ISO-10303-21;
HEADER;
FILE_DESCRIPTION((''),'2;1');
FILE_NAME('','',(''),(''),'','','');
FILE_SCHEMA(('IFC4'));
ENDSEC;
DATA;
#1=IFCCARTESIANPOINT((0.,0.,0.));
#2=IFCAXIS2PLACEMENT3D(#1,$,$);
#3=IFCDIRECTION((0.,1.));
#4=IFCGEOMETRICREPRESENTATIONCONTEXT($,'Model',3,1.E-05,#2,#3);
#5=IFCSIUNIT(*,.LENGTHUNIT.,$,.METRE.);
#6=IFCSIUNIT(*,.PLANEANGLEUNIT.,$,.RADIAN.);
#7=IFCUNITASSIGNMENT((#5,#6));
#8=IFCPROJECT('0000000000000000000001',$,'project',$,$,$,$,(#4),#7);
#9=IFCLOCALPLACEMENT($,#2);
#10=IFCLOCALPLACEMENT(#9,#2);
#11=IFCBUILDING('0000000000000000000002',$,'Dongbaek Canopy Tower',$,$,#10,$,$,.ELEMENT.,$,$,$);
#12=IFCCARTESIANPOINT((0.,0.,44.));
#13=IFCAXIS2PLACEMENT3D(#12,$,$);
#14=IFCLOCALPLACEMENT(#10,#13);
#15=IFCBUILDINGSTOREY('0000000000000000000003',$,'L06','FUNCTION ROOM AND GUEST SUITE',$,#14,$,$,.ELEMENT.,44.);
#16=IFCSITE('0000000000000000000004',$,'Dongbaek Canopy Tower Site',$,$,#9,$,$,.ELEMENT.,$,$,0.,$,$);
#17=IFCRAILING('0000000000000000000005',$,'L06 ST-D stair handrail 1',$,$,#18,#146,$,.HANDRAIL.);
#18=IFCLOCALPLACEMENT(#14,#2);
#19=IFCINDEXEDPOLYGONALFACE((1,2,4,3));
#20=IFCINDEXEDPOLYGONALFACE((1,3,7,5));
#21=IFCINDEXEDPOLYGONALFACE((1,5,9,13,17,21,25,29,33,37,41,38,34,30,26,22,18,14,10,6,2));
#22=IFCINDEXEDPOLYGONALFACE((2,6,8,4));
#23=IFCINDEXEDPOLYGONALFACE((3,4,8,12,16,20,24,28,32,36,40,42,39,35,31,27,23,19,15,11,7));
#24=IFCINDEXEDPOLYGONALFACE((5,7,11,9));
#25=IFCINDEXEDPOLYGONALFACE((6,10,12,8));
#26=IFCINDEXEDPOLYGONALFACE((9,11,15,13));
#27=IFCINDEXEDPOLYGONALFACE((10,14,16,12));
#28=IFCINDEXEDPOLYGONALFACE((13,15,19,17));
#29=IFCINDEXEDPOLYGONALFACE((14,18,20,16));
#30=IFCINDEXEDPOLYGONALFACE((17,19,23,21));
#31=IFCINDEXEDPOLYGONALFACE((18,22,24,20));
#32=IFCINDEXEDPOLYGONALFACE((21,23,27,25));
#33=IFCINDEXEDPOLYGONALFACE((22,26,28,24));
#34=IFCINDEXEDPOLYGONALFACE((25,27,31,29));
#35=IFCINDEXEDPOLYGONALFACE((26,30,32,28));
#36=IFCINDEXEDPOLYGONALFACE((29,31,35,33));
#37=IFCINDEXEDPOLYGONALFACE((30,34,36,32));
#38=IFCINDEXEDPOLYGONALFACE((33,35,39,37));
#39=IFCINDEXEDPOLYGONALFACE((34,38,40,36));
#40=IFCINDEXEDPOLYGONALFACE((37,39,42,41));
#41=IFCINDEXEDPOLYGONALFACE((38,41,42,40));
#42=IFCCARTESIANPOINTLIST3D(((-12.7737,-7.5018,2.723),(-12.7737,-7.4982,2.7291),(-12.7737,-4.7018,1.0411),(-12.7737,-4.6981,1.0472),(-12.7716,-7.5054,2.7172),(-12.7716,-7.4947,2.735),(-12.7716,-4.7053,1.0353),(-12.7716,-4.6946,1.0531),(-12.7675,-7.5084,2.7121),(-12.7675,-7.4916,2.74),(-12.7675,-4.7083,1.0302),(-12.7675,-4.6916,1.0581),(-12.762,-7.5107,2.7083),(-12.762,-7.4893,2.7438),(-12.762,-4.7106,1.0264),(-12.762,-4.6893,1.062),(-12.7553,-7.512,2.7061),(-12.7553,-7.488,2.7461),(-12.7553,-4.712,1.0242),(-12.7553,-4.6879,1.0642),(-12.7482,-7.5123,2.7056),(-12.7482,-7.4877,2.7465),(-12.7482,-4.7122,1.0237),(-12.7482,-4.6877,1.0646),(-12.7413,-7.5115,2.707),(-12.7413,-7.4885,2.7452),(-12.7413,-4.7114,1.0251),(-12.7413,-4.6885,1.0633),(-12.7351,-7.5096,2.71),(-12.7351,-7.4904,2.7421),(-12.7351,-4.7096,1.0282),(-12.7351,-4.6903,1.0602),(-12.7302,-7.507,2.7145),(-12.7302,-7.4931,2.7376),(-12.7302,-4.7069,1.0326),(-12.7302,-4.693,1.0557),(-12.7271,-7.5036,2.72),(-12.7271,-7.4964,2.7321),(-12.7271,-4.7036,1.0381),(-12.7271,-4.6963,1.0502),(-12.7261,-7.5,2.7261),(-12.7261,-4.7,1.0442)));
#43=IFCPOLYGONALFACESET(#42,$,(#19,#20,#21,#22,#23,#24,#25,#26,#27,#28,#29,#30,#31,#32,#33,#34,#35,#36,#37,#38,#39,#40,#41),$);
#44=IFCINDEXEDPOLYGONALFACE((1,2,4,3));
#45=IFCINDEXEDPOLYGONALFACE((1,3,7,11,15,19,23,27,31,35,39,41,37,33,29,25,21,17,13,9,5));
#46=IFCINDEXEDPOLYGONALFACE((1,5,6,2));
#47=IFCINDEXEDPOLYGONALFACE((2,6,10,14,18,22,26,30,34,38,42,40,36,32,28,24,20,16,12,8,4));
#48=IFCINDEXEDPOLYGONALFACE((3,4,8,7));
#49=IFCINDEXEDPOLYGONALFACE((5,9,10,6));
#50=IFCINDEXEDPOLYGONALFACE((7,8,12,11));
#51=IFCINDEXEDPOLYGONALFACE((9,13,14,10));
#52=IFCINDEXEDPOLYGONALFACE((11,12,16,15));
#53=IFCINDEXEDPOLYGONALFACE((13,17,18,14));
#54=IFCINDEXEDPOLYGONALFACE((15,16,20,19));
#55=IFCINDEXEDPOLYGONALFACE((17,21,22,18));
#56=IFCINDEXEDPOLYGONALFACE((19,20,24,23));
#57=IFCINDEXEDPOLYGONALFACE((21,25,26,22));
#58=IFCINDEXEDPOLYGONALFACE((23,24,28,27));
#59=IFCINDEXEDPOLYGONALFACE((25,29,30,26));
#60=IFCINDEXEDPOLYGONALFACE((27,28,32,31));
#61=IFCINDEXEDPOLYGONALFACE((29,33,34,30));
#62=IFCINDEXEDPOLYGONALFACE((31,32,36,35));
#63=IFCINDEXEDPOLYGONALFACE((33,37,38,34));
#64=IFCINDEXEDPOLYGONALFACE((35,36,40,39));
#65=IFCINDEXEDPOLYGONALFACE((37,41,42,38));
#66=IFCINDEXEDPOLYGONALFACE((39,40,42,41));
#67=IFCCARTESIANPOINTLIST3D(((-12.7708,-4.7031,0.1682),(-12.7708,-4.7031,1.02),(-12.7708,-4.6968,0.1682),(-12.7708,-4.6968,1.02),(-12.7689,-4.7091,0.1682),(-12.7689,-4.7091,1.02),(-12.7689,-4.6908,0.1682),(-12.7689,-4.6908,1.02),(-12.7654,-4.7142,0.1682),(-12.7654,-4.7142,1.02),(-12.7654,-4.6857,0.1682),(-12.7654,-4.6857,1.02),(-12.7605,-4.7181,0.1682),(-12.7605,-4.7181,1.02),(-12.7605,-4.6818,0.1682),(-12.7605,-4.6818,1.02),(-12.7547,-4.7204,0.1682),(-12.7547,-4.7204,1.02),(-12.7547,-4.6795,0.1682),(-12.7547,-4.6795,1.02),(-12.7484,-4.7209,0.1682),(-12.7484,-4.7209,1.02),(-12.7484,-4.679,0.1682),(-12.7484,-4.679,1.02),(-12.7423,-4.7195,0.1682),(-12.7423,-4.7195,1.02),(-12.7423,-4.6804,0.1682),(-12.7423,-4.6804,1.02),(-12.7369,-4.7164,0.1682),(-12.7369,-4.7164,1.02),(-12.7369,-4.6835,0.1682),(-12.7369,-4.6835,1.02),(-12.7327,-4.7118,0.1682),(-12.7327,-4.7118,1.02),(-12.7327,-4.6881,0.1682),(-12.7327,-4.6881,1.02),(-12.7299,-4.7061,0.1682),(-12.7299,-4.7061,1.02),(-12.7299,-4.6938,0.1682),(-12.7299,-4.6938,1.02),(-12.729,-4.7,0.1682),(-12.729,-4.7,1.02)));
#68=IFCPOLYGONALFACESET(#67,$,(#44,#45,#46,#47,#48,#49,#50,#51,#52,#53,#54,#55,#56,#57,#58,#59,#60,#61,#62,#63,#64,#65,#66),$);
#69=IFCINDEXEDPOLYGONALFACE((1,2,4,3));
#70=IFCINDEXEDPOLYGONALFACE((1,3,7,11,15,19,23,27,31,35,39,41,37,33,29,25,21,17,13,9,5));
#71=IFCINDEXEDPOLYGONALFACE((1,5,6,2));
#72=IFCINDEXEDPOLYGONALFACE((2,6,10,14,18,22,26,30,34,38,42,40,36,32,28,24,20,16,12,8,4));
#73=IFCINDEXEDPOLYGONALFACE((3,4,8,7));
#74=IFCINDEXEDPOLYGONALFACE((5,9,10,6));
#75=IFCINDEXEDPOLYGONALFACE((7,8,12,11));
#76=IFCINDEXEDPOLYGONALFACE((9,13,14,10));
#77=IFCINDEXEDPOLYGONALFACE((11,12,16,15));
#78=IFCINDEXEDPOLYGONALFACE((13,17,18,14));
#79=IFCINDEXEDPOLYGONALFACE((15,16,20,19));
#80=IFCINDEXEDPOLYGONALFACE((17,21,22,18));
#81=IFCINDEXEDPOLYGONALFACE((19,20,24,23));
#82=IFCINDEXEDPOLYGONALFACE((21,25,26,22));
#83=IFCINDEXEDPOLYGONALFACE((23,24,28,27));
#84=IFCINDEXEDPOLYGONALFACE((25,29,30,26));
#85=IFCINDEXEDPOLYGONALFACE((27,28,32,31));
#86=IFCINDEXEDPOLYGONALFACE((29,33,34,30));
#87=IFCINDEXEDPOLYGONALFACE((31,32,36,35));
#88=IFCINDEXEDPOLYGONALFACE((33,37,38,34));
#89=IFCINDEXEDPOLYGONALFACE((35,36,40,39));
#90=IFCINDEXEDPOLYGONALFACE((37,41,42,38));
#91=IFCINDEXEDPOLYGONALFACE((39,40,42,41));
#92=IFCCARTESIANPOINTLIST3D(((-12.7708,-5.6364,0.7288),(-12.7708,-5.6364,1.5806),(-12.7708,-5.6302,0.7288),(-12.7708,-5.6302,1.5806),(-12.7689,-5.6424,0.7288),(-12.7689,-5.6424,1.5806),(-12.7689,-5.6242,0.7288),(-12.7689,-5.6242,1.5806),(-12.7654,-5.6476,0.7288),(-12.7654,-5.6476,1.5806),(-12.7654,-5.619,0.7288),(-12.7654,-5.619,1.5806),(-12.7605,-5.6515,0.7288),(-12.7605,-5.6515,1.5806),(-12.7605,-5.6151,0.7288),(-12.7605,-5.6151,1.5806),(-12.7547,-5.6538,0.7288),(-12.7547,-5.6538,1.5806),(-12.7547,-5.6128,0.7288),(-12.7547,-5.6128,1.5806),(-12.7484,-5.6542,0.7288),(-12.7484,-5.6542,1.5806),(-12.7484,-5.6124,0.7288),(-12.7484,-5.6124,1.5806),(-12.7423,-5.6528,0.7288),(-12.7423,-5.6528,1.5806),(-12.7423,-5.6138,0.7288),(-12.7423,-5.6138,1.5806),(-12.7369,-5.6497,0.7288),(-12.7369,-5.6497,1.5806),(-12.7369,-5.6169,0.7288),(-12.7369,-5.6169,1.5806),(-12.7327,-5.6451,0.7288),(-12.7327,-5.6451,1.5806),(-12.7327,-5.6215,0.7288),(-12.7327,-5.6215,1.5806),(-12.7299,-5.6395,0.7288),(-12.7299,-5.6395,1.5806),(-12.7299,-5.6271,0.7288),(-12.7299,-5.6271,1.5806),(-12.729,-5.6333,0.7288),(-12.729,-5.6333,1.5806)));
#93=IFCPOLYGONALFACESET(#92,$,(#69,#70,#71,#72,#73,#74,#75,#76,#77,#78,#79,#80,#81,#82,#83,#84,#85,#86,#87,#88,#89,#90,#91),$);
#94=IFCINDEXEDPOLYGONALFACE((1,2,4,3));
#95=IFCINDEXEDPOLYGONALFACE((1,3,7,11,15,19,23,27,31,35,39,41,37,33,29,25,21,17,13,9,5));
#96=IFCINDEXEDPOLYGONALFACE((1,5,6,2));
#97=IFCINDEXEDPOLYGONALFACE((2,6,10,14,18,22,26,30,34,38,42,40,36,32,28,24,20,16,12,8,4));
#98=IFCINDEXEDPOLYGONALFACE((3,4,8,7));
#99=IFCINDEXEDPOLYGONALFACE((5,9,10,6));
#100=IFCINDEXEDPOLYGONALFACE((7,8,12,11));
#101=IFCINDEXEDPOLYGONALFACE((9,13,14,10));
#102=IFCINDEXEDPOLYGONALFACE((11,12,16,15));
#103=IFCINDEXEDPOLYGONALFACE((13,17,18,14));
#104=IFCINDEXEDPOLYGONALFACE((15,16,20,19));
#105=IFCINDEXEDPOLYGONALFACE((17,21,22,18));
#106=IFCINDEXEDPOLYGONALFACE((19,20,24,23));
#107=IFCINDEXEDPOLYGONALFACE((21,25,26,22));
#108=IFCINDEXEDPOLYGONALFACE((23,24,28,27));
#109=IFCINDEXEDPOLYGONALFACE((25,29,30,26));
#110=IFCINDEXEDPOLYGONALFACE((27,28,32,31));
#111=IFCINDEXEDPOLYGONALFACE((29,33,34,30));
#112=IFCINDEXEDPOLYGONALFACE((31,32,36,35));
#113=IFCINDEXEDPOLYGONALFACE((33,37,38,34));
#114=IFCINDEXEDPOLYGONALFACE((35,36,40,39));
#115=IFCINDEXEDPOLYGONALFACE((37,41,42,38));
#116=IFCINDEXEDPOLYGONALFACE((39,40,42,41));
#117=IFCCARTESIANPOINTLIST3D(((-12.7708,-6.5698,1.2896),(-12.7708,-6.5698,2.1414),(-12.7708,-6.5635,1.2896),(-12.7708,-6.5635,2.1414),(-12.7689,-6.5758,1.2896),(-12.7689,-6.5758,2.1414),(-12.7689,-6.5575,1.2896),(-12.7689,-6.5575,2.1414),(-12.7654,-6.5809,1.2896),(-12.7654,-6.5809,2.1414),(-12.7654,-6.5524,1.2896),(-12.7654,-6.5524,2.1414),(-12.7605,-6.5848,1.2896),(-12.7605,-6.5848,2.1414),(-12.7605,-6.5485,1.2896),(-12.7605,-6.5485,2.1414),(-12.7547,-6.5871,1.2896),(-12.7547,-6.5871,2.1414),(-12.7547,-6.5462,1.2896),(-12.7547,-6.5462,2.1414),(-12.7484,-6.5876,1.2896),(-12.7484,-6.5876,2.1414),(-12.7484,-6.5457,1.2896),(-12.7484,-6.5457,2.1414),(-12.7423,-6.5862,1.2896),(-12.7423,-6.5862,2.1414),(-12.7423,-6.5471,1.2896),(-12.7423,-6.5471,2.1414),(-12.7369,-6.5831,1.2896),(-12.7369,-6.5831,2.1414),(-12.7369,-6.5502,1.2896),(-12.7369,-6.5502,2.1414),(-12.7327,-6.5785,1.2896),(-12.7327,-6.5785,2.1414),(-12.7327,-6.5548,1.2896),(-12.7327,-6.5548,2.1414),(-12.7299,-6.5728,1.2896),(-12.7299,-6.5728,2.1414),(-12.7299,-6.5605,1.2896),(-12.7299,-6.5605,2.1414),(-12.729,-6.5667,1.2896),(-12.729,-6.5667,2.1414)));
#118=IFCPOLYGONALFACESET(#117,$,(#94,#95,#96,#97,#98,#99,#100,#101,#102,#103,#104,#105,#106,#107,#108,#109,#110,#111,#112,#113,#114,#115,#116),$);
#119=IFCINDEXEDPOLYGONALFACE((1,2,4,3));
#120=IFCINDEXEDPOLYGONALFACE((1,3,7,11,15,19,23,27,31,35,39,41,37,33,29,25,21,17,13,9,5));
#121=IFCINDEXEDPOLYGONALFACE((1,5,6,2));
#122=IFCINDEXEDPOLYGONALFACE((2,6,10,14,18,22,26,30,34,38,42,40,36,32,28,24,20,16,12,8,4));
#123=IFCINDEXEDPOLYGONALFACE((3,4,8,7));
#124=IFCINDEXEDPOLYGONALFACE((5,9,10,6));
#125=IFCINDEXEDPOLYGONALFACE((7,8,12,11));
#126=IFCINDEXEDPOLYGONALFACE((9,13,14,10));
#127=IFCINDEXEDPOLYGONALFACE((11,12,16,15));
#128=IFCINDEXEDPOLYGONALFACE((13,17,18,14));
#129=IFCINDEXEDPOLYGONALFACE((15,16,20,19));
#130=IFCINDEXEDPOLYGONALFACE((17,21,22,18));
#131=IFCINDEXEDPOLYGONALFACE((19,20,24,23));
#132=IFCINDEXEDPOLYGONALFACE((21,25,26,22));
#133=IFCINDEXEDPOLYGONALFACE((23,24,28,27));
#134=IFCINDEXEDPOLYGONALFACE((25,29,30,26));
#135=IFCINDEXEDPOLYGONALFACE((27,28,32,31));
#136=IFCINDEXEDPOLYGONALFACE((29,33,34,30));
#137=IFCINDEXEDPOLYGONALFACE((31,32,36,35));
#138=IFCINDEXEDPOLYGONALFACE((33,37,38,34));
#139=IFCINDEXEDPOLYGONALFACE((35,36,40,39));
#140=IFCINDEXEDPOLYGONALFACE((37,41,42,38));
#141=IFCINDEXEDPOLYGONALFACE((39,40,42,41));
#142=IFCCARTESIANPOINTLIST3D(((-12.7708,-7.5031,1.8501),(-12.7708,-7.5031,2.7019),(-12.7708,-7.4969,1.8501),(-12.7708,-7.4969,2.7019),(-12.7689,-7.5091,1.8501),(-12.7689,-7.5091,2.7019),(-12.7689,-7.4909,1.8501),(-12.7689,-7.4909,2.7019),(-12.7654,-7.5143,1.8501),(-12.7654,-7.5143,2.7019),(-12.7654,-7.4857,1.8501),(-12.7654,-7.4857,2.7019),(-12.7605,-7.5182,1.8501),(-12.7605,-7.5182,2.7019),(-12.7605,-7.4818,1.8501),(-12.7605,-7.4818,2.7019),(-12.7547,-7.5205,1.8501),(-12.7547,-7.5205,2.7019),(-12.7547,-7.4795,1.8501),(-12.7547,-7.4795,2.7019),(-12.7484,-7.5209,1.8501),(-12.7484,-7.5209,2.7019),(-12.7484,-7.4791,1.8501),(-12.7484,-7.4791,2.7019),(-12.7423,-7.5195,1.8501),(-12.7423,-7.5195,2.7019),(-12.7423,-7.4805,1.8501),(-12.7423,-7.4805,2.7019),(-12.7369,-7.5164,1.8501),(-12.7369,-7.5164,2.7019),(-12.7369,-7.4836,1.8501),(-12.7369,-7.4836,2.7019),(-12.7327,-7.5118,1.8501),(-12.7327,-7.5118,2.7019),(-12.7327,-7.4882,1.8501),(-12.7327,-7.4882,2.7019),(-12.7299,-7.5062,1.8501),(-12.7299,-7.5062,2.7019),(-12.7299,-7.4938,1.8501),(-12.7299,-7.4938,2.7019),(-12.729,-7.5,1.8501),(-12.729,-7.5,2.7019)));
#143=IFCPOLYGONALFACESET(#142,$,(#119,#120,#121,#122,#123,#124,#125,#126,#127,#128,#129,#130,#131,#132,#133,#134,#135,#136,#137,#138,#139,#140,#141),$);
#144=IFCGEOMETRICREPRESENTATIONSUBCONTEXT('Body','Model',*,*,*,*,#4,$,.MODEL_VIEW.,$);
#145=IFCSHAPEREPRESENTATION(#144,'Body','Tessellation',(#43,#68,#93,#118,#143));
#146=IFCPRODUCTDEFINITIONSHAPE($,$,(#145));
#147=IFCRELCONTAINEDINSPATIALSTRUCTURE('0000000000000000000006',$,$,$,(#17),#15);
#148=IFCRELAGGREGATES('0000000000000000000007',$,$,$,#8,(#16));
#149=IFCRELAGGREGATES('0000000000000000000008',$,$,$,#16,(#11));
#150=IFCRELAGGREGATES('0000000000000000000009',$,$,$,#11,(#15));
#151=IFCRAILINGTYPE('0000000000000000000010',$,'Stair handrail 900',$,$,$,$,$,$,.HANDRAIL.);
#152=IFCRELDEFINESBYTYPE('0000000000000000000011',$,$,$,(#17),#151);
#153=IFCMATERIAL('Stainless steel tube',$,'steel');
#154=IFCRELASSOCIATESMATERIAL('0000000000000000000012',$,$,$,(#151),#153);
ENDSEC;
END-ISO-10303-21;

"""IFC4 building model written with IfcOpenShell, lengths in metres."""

from ifc_helpers import new_model, si_unit, direction, frame, origin, origin_2d, place, context, subcontext, project, spatial, circle, extrude, material, type_object, element, save


model = new_model("IFC4")

# Units and contexts
model_context = context("Model", 3, precision=1e-05, world=origin(), true_north=direction((0.0, 1.0)))
body_context = subcontext(model_context, "Body", "Model", "MODEL_VIEW")
ifc_project = project(units=[si_unit("LENGTHUNIT", "METRE"), si_unit("PLANEANGLEUNIT", "RADIAN")], contexts=[model_context])

# Site, building, storey
site_placement = place(None, origin())
site = spatial("IfcSite", under=ifc_project, at=site_placement, Name="Dongbaek Canopy Tower Site", CompositionType="ELEMENT", RefElevation=0.0)
building_placement = place(site_placement, origin())
building = spatial("IfcBuilding", under=site, at=building_placement, Name="Dongbaek Canopy Tower", CompositionType="ELEMENT")
storey_placement = place(building_placement, frame((0.0, 0.0, 44.0)))
storey = spatial("IfcBuildingStorey", under=building, at=storey_placement, Name="L06", Description="FUNCTION ROOM AND GUEST SUITE", CompositionType="ELEMENT", Elevation=44.0)

# Railing
ifc_material_1 = material(Name="Stainless steel tube", Category="steel")
railing_type_1 = type_object("IfcRailingType", Name="Stair handrail 900", PredefinedType="HANDRAIL", material=ifc_material_1)
railing_1_placement = place(storey_placement, frame((-12.75, -4.7, 0.1682)))
element("IfcRailing", 1, at=railing_1_placement, inside=storey, type_object=railing_type_1, Name="L06 ST-D stair handrail 1", PredefinedType="HANDRAIL", context=body_context, shape_type="SweptSolid", body=[
    extrude(circle(Radius=0.0239, at=origin_2d()), frame((0.0, 0.0, 0.876), z_axis=(0.0, -0.857242, 0.514913), x_axis=(1.0, 0.0, 0.0)), (0.0, 0.0, 1.0), 3.2664),
    extrude(circle(Radius=0.021, at=origin_2d()), origin(), (0.0, 0.0, 1.0), 0.8518),
    extrude(circle(Radius=0.021, at=origin_2d()), frame((0.0, -0.9333, 0.5605)), (0.0, 0.0, 1.0), 0.8518),
    extrude(circle(Radius=0.021, at=origin_2d()), frame((0.0, -1.8667, 1.1213)), (0.0, 0.0, 1.0), 0.8518),
    extrude(circle(Radius=0.021, at=origin_2d()), frame((0.0, -2.8, 1.6819)), (0.0, 0.0, 1.0), 0.8518),
])

save(model, "model.ifc")
